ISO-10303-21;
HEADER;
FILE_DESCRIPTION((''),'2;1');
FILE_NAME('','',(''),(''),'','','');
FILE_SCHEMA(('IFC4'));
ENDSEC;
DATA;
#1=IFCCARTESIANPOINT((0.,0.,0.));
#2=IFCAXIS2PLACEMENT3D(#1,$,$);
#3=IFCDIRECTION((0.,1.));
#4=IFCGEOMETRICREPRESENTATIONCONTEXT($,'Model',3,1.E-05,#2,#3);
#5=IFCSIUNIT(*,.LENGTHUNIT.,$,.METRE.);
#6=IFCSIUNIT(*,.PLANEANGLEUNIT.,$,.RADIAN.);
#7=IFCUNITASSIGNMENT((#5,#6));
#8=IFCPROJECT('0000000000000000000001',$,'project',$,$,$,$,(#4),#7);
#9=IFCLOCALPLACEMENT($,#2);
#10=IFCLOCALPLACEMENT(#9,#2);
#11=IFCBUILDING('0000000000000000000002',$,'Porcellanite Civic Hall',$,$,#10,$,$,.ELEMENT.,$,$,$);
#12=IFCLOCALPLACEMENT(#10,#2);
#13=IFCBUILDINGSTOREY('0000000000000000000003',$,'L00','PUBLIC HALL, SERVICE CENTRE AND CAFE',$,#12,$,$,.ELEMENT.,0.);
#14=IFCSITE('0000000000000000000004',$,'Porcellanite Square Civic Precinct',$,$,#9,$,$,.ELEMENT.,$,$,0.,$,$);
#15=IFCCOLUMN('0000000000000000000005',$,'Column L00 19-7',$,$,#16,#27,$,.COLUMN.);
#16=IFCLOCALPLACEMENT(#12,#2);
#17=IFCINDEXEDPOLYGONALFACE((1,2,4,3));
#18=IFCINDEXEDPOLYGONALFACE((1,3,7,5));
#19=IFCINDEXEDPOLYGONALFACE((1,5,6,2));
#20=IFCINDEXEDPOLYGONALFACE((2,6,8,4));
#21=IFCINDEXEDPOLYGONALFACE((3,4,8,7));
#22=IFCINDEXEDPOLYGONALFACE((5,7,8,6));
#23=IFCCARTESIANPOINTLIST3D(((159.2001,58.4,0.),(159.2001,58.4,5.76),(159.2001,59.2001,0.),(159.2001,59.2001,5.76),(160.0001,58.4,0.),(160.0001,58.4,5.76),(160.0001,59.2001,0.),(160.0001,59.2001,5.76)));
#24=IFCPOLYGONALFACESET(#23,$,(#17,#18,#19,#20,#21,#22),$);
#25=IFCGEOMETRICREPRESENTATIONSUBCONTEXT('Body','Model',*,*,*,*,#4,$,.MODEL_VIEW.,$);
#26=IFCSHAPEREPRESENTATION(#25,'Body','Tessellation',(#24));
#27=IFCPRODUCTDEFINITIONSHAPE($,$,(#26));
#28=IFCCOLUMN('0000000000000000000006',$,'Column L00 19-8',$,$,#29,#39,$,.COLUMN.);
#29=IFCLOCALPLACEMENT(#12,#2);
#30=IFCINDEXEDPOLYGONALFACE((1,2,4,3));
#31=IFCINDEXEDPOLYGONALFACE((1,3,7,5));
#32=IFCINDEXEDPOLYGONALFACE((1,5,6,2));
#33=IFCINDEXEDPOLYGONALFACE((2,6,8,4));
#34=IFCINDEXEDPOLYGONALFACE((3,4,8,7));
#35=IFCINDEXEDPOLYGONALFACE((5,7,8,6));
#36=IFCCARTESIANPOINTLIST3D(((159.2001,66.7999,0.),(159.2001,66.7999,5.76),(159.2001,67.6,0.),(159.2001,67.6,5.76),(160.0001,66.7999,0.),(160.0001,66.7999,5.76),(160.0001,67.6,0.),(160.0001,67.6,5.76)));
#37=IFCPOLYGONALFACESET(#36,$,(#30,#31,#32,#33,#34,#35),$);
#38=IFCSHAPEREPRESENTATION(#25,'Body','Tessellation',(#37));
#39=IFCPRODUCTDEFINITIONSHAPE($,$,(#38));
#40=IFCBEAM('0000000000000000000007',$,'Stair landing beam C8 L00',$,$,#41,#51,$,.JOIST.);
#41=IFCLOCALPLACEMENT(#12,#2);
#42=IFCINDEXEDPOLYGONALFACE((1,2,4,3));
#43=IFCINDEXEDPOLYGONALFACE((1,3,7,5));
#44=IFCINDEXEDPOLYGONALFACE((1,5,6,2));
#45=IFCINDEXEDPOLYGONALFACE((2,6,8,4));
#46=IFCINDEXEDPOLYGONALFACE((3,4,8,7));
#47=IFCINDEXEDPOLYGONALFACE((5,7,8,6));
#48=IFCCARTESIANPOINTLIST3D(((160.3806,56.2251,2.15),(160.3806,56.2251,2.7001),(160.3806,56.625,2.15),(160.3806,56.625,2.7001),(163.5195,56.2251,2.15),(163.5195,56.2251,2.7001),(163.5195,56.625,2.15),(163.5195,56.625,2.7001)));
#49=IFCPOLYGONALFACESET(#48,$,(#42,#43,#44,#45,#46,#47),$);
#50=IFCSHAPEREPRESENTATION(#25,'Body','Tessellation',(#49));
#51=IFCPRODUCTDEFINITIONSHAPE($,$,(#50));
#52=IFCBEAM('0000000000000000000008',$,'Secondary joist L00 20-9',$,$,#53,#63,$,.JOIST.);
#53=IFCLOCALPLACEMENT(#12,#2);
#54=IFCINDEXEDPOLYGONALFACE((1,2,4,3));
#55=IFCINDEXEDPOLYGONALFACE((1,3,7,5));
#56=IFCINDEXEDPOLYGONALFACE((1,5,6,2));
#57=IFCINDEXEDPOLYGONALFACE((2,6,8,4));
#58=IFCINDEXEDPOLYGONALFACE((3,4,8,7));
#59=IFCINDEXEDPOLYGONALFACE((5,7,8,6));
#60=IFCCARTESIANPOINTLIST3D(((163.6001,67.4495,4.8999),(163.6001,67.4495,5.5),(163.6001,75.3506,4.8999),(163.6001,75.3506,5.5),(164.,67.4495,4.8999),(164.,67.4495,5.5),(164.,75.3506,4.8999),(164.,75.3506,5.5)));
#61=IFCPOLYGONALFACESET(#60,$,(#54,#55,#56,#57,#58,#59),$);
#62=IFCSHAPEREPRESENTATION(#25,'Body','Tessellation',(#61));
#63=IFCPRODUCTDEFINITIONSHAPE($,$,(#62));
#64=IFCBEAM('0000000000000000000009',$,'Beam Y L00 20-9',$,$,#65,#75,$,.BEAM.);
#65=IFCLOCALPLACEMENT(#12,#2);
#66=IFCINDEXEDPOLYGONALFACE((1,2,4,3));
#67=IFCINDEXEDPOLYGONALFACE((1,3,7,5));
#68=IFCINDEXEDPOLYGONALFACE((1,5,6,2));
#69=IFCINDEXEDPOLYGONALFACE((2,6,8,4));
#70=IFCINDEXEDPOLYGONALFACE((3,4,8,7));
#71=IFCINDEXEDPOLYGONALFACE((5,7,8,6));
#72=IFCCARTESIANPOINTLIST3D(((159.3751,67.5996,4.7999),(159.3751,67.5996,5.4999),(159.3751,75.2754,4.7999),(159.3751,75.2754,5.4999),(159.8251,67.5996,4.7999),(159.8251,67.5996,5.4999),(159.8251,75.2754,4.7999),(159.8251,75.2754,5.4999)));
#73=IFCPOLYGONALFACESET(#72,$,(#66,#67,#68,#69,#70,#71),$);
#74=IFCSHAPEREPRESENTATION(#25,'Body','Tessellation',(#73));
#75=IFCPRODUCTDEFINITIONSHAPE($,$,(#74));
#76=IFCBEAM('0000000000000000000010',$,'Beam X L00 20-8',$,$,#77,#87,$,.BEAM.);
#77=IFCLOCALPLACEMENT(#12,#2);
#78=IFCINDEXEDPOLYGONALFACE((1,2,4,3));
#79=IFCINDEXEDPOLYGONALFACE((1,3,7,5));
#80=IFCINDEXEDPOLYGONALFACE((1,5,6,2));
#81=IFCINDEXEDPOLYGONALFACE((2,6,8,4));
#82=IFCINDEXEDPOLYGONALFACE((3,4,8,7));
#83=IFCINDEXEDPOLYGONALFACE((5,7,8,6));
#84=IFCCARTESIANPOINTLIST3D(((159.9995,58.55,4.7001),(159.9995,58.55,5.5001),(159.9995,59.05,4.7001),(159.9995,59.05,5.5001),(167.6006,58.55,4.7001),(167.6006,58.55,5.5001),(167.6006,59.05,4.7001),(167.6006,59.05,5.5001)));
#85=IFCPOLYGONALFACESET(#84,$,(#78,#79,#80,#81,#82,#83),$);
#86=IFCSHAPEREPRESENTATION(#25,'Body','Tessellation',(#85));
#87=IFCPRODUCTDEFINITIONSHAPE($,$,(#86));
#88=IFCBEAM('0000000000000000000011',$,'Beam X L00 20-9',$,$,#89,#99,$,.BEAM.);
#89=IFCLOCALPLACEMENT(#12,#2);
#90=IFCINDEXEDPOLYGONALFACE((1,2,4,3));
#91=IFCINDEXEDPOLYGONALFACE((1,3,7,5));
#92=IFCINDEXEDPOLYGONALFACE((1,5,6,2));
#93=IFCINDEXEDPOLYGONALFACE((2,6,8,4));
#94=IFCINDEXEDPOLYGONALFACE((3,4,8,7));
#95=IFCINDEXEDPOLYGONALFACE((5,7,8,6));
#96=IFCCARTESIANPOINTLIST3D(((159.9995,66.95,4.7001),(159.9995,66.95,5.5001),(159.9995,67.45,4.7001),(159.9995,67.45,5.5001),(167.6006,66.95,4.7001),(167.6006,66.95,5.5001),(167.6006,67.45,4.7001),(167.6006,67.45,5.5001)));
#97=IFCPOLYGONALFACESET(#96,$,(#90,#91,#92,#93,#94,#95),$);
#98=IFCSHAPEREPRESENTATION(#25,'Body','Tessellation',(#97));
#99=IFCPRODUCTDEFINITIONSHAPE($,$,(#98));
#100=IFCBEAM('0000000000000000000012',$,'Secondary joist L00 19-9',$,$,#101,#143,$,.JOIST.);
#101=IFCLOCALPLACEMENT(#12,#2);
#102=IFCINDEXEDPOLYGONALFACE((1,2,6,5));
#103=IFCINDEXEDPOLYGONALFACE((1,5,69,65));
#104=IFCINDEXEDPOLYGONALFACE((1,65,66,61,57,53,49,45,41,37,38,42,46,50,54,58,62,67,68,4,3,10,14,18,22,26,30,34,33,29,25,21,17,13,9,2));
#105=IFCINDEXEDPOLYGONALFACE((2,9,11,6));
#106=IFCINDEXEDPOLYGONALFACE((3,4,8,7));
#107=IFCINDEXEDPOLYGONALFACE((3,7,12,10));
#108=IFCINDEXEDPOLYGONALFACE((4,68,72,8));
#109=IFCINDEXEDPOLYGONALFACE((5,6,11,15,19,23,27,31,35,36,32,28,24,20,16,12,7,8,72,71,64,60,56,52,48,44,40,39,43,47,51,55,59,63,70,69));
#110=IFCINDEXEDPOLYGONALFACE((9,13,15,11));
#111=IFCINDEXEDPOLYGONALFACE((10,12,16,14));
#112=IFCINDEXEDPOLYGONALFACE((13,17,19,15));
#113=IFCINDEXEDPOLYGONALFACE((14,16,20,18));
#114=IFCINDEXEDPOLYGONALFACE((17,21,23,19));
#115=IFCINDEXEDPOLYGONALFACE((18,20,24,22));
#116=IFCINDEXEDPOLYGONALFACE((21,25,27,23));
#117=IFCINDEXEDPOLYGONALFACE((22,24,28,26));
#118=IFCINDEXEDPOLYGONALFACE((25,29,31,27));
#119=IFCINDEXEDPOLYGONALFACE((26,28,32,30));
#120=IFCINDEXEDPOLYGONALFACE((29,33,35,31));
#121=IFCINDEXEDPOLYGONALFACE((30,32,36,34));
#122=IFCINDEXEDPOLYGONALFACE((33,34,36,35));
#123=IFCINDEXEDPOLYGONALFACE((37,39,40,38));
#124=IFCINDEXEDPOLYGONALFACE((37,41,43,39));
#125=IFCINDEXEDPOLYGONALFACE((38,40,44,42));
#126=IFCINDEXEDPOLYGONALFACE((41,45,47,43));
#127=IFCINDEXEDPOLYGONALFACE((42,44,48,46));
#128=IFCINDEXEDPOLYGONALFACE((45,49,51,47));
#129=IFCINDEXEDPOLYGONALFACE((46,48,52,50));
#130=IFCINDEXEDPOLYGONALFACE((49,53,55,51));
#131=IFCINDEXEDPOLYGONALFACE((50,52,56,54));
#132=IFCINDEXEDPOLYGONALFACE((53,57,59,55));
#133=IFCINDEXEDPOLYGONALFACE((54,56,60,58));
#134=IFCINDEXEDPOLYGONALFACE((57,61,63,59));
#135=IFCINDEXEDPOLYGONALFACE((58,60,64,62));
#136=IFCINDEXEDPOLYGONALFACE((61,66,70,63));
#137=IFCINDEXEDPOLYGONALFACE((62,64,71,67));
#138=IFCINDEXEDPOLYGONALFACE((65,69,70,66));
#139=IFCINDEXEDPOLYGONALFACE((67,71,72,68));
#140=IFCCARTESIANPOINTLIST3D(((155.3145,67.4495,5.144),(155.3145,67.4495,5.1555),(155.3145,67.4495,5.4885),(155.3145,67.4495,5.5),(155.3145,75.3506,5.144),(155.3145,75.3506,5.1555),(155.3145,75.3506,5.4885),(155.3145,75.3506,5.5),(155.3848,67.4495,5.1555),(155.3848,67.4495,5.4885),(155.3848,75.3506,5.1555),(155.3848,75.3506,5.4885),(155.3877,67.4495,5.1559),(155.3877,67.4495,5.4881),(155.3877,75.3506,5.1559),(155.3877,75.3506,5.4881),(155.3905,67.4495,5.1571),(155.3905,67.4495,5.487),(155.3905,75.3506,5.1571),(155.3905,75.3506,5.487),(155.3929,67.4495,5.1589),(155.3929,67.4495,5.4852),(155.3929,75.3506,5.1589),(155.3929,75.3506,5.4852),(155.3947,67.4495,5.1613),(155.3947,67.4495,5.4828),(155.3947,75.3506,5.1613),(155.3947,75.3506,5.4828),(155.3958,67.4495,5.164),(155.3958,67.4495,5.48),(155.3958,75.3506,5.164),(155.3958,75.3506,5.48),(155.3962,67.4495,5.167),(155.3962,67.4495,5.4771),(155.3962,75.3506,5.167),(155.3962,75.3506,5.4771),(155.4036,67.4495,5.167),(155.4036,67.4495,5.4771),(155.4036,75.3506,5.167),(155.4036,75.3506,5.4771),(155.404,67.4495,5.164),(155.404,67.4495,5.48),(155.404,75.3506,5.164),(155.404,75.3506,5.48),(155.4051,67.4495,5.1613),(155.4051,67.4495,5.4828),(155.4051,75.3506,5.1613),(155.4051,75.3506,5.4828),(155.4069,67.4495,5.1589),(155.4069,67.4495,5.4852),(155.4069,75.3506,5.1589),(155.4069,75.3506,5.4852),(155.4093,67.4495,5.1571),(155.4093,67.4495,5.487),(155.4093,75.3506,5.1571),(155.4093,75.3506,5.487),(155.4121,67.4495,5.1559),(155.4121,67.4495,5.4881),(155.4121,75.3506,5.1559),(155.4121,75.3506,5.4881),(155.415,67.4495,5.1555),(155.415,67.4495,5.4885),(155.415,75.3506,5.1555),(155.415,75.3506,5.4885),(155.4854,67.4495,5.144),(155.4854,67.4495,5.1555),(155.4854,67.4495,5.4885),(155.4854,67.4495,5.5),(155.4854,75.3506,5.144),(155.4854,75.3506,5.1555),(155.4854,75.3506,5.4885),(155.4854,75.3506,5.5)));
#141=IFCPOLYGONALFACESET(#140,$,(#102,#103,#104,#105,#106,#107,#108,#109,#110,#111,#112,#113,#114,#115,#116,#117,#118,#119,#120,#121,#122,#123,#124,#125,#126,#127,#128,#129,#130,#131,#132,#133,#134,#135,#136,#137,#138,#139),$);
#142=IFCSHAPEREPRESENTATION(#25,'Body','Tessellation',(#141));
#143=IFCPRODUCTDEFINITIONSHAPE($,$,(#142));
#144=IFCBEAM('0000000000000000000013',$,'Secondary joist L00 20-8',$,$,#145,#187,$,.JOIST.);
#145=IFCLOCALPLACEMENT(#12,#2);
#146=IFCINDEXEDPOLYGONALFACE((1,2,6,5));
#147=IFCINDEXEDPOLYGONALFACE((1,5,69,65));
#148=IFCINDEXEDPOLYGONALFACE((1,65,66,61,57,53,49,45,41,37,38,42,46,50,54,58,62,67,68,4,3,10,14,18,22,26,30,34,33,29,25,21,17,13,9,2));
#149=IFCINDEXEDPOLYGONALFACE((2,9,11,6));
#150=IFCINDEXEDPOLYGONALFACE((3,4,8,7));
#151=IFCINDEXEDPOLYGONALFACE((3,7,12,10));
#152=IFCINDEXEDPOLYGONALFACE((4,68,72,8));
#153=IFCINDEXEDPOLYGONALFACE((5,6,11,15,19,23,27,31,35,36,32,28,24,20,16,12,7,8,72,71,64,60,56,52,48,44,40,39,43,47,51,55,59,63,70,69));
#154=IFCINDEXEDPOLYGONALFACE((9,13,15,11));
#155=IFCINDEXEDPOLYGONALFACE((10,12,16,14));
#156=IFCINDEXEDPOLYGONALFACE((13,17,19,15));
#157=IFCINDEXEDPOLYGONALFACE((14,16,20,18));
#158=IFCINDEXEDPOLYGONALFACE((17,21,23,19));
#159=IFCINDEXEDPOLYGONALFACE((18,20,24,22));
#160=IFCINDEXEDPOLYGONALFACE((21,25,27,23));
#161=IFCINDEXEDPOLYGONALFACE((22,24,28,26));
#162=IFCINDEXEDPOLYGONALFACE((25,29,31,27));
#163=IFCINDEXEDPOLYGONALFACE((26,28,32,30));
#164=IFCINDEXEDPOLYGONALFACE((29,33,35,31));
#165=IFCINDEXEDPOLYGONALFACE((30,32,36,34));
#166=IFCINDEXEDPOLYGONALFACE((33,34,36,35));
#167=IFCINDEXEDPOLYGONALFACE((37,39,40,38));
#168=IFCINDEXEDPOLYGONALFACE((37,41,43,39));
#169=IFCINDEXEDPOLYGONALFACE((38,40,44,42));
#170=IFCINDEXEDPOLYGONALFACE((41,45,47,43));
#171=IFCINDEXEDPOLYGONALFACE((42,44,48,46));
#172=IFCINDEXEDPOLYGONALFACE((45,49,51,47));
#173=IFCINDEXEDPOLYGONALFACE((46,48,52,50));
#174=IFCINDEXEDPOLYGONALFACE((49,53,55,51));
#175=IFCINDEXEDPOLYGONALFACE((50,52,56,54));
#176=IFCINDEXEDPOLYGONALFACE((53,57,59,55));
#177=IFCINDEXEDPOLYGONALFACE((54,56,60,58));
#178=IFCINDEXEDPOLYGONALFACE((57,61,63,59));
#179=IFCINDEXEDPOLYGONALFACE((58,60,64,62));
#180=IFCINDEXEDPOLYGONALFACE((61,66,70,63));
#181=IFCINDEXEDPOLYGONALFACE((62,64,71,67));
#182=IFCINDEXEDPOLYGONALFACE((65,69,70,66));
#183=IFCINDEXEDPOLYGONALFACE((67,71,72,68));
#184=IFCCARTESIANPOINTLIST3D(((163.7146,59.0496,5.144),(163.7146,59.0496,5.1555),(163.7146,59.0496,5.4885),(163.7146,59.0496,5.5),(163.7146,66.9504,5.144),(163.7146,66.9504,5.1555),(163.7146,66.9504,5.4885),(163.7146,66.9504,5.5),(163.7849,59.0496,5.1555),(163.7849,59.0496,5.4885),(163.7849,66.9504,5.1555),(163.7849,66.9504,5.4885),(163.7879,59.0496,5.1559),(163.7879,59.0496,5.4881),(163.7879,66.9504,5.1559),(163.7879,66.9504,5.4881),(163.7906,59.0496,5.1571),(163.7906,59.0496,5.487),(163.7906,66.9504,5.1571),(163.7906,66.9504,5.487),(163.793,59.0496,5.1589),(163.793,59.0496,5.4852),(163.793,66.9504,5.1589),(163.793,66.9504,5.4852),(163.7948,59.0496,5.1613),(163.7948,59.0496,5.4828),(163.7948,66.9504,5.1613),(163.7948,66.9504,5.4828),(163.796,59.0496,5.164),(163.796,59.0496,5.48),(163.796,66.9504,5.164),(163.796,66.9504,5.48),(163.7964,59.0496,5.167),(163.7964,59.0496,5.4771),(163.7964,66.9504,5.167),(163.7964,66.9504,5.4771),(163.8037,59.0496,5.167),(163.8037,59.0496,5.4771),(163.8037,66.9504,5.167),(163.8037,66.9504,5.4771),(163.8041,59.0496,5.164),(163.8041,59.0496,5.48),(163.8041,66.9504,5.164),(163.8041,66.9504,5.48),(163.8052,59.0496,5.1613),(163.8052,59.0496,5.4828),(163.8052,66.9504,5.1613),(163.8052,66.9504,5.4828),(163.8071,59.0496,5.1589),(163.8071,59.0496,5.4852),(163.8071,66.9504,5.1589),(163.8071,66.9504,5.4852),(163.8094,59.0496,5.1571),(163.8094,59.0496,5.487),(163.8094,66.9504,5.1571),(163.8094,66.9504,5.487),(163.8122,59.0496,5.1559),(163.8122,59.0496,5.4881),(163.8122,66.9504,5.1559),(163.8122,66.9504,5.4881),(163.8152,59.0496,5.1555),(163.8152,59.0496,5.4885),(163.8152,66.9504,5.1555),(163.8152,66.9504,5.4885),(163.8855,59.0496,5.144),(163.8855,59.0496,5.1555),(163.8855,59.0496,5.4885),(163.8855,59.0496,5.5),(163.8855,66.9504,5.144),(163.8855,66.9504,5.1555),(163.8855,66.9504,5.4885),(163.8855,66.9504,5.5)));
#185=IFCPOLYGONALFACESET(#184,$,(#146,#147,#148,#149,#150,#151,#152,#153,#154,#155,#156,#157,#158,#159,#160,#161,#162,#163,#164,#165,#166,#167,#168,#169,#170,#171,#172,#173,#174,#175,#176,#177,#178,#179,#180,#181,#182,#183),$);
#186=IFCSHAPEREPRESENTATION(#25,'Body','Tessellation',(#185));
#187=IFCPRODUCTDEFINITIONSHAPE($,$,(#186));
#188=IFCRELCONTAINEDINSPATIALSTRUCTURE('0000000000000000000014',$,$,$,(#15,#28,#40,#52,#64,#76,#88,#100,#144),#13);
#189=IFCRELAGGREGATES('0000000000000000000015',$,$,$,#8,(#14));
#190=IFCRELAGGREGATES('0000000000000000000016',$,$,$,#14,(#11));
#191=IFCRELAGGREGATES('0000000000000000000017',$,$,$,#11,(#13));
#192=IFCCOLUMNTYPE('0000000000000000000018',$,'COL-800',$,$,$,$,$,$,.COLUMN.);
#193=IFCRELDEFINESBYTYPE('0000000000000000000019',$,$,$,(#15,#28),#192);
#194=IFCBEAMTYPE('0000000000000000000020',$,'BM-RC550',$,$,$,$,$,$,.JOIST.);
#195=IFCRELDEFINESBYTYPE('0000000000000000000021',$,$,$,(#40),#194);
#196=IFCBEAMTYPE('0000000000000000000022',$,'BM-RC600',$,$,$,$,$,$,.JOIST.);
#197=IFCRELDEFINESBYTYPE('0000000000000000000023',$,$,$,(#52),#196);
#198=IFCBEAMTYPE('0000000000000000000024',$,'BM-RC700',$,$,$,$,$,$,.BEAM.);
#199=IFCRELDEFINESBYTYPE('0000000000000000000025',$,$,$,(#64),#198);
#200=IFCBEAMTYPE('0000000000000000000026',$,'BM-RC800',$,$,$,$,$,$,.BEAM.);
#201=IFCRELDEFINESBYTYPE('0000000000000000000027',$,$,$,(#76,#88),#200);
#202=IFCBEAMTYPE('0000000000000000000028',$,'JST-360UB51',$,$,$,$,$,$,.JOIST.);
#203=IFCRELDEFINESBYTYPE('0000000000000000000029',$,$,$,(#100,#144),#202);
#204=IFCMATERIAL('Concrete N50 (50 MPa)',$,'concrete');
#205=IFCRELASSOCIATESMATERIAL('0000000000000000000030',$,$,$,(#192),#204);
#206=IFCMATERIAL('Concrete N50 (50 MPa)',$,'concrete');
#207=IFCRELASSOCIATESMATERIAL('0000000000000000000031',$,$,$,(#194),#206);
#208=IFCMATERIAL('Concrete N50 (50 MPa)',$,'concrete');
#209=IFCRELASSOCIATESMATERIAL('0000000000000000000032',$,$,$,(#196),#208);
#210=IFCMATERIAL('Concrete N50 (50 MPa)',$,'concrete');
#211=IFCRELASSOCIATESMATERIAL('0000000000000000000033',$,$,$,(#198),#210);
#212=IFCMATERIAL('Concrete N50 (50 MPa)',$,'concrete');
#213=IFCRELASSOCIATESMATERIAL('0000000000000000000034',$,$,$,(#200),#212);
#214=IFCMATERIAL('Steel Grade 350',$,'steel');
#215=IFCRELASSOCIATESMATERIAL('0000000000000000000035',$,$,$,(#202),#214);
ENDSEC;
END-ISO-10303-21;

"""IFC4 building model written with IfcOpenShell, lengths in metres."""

from ifc_helpers import new_model, si_unit, direction, frame, origin, origin_2d, place, context, subcontext, project, spatial, rectangle, i_section, extrude, material, material_profile, profile_set, type_object, element, save


model = new_model("IFC4")

# Units and contexts
model_context = context("Model", 3, precision=1e-05, world=origin(), true_north=direction((0.0, 1.0)))
body_context = subcontext(model_context, "Body", "Model", "MODEL_VIEW")
ifc_project = project(units=[si_unit("LENGTHUNIT", "METRE"), si_unit("PLANEANGLEUNIT", "RADIAN")], contexts=[model_context])

# Site, building, storey
site_placement = place(None, origin())
site = spatial("IfcSite", under=ifc_project, at=site_placement, Name="Porcellanite Square Civic Precinct", CompositionType="ELEMENT", RefElevation=0.0)
building_placement = place(site_placement, origin())
building = spatial("IfcBuilding", under=site, at=building_placement, Name="Porcellanite Civic Hall", CompositionType="ELEMENT")
storey_placement = place(building_placement, origin())
storey = spatial("IfcBuildingStorey", under=building, at=storey_placement, Name="L00", Description="PUBLIC HALL, SERVICE CENTRE AND CAFE", CompositionType="ELEMENT", Elevation=0.0)

# Columns
ifc_material_1 = material(Name="Concrete N50 (50 MPa)", Category="concrete")
ifc_material_profile_1 = material_profile(ifc_material_1, rectangle(XDim=0.8, YDim=0.8, at=origin_2d()), Name="RC-800x800")
ifc_profile_set_1 = profile_set([ifc_material_profile_1], Name="Concrete N50 (50 MPa)")
column_type = type_object("IfcColumnType", Name="COL-800", PredefinedType="COLUMN", material=ifc_profile_set_1)
for number, where, z_axis, x_axis, name in (
    (1, (159.6001, 58.8, 0.0), (0.0, 0.0, 1.0), (1.0, 0.0, 0.0), "Column L00 19-7"),
    (2, (159.6001, 67.2, 0.0), (0.0, 0.0, 1.0), (1.0, 0.0, 0.0), "Column L00 19-8"),
):
    element("IfcColumn", number, at=place(storey_placement, frame(where, z_axis=z_axis, x_axis=x_axis)), inside=storey, type_object=column_type, Name=name, PredefinedType="COLUMN", context=body_context, shape_type="SweptSolid", body=[
        extrude(rectangle(XDim=0.8, YDim=0.8, at=origin_2d()), origin(), (0.0, 0.0, 1.0), 5.76),
    ])

# Beams
ifc_material_2 = material(Name="Concrete N50 (50 MPa)", Category="concrete")
ifc_material_profile_2 = material_profile(ifc_material_2, rectangle(XDim=0.3999, YDim=0.55, at=origin_2d()), Name="RC-400x550")
ifc_profile_set_2 = profile_set([ifc_material_profile_2], Name="Concrete N50 (50 MPa)")
beam_type_1 = type_object("IfcBeamType", Name="BM-RC550", PredefinedType="JOIST", material=ifc_profile_set_2)
beam_1_placement = place(storey_placement, frame((160.3806, 56.425, 2.425), z_axis=(1.0, 0.0, 0.0), x_axis=(0.0, 1.0, 0.0)))
element("IfcBeam", 3, at=beam_1_placement, inside=storey, type_object=beam_type_1, Name="Stair landing beam C8 L00", PredefinedType="JOIST", context=body_context, shape_type="SweptSolid", body=[
    extrude(rectangle(XDim=0.3999, YDim=0.55, at=origin_2d()), origin(), (0.0, 0.0, 1.0), 3.1389),
])
ifc_material_3 = material(Name="Concrete N50 (50 MPa)", Category="concrete")
ifc_material_profile_3 = material_profile(ifc_material_3, rectangle(XDim=0.3999, YDim=0.6001, at=origin_2d()), Name="RC-400x600")
ifc_profile_set_3 = profile_set([ifc_material_profile_3], Name="Concrete N50 (50 MPa)")
beam_type_2 = type_object("IfcBeamType", Name="BM-RC600", PredefinedType="JOIST", material=ifc_profile_set_3)
beam_2_placement = place(storey_placement, frame((163.8, 67.4495, 5.2), z_axis=(0.0, 1.0, 0.0), x_axis=(-1.0, 0.0, 0.0)))
element("IfcBeam", 4, at=beam_2_placement, inside=storey, type_object=beam_type_2, Name="Secondary joist L00 20-9", PredefinedType="JOIST", context=body_context, shape_type="SweptSolid", body=[
    extrude(rectangle(XDim=0.3999, YDim=0.6001, at=origin_2d()), origin(), (0.0, 0.0, 1.0), 7.9011),
])
ifc_material_4 = material(Name="Concrete N50 (50 MPa)", Category="concrete")
ifc_material_profile_4 = material_profile(ifc_material_4, rectangle(XDim=0.45, YDim=0.7, at=origin_2d()), Name="RC-450x700")
ifc_profile_set_4 = profile_set([ifc_material_profile_4], Name="Concrete N50 (50 MPa)")
beam_type_3 = type_object("IfcBeamType", Name="BM-RC700", PredefinedType="BEAM", material=ifc_profile_set_4)
beam_3_placement = place(storey_placement, frame((159.6001, 67.5996, 5.1499), z_axis=(0.0, 1.0, 0.0), x_axis=(-1.0, 0.0, 0.0)))
element("IfcBeam", 5, at=beam_3_placement, inside=storey, type_object=beam_type_3, Name="Beam Y L00 20-9", PredefinedType="BEAM", context=body_context, shape_type="SweptSolid", body=[
    extrude(rectangle(XDim=0.45, YDim=0.7, at=origin_2d()), origin(), (0.0, 0.0, 1.0), 7.6758),
])
ifc_material_5 = material(Name="Concrete N50 (50 MPa)", Category="concrete")
ifc_material_profile_5 = material_profile(ifc_material_5, rectangle(XDim=0.5, YDim=0.8, at=origin_2d()), Name="RC-500x800")
ifc_profile_set_5 = profile_set([ifc_material_profile_5], Name="Concrete N50 (50 MPa)")
beam_type_4 = type_object("IfcBeamType", Name="BM-RC800", PredefinedType="BEAM", material=ifc_profile_set_5)
for number, where, z_axis, x_axis, name in (
    (6, (159.9995, 58.8, 5.1001), (1.0, 0.0, 0.0), (0.0, 1.0, 0.0), "Beam X L00 20-8"),
    (7, (159.9995, 67.2, 5.1001), (1.0, 0.0, 0.0), (0.0, 1.0, 0.0), "Beam X L00 20-9"),
):
    element("IfcBeam", number, at=place(storey_placement, frame(where, z_axis=z_axis, x_axis=x_axis)), inside=storey, type_object=beam_type_4, Name=name, PredefinedType="BEAM", context=body_context, shape_type="SweptSolid", body=[
        extrude(rectangle(XDim=0.5, YDim=0.8, at=origin_2d()), origin(), (0.0, 0.0, 1.0), 7.6011),
    ])
ifc_material_6 = material(Name="Steel Grade 350", Category="steel")
ifc_material_profile_6 = material_profile(ifc_material_6, i_section(OverallWidth=0.1709, OverallDepth=0.356, WebThickness=0.0073, FlangeThickness=0.0115, FilletRadius=0.0115, at=origin_2d()), Name="360UB50.7")
ifc_profile_set_6 = profile_set([ifc_material_profile_6], Name="Steel Grade 350")
beam_type_5 = type_object("IfcBeamType", Name="JST-360UB51", PredefinedType="JOIST", material=ifc_profile_set_6)
beam_4_placement = place(storey_placement, frame((155.3999, 67.4495, 5.322), z_axis=(0.0, 1.0, 0.0), x_axis=(-1.0, 0.0, 0.0)))
element("IfcBeam", 8, at=beam_4_placement, inside=storey, type_object=beam_type_5, Name="Secondary joist L00 19-9", PredefinedType="JOIST", context=body_context, shape_type="SweptSolid", body=[
    extrude(i_section(OverallWidth=0.1709, OverallDepth=0.356, WebThickness=0.0073, FlangeThickness=0.0115, FilletRadius=0.0115, at=origin_2d()), origin(), (0.0, 0.0, 1.0), 7.9011),
])
beam_5_placement = place(storey_placement, frame((163.8, 59.0496, 5.322), z_axis=(0.0, 1.0, 0.0), x_axis=(-1.0, 0.0, 0.0)))
element("IfcBeam", 9, at=beam_5_placement, inside=storey, type_object=beam_type_5, Name="Secondary joist L00 20-8", PredefinedType="JOIST", context=body_context, shape_type="SweptSolid", body=[
    extrude(i_section(OverallWidth=0.1709, OverallDepth=0.356, WebThickness=0.0073, FlangeThickness=0.0115, FilletRadius=0.0115, at=origin_2d()), origin(), (0.0, 0.0, 1.0), 7.9009),
])

save(model, "model.ifc")
